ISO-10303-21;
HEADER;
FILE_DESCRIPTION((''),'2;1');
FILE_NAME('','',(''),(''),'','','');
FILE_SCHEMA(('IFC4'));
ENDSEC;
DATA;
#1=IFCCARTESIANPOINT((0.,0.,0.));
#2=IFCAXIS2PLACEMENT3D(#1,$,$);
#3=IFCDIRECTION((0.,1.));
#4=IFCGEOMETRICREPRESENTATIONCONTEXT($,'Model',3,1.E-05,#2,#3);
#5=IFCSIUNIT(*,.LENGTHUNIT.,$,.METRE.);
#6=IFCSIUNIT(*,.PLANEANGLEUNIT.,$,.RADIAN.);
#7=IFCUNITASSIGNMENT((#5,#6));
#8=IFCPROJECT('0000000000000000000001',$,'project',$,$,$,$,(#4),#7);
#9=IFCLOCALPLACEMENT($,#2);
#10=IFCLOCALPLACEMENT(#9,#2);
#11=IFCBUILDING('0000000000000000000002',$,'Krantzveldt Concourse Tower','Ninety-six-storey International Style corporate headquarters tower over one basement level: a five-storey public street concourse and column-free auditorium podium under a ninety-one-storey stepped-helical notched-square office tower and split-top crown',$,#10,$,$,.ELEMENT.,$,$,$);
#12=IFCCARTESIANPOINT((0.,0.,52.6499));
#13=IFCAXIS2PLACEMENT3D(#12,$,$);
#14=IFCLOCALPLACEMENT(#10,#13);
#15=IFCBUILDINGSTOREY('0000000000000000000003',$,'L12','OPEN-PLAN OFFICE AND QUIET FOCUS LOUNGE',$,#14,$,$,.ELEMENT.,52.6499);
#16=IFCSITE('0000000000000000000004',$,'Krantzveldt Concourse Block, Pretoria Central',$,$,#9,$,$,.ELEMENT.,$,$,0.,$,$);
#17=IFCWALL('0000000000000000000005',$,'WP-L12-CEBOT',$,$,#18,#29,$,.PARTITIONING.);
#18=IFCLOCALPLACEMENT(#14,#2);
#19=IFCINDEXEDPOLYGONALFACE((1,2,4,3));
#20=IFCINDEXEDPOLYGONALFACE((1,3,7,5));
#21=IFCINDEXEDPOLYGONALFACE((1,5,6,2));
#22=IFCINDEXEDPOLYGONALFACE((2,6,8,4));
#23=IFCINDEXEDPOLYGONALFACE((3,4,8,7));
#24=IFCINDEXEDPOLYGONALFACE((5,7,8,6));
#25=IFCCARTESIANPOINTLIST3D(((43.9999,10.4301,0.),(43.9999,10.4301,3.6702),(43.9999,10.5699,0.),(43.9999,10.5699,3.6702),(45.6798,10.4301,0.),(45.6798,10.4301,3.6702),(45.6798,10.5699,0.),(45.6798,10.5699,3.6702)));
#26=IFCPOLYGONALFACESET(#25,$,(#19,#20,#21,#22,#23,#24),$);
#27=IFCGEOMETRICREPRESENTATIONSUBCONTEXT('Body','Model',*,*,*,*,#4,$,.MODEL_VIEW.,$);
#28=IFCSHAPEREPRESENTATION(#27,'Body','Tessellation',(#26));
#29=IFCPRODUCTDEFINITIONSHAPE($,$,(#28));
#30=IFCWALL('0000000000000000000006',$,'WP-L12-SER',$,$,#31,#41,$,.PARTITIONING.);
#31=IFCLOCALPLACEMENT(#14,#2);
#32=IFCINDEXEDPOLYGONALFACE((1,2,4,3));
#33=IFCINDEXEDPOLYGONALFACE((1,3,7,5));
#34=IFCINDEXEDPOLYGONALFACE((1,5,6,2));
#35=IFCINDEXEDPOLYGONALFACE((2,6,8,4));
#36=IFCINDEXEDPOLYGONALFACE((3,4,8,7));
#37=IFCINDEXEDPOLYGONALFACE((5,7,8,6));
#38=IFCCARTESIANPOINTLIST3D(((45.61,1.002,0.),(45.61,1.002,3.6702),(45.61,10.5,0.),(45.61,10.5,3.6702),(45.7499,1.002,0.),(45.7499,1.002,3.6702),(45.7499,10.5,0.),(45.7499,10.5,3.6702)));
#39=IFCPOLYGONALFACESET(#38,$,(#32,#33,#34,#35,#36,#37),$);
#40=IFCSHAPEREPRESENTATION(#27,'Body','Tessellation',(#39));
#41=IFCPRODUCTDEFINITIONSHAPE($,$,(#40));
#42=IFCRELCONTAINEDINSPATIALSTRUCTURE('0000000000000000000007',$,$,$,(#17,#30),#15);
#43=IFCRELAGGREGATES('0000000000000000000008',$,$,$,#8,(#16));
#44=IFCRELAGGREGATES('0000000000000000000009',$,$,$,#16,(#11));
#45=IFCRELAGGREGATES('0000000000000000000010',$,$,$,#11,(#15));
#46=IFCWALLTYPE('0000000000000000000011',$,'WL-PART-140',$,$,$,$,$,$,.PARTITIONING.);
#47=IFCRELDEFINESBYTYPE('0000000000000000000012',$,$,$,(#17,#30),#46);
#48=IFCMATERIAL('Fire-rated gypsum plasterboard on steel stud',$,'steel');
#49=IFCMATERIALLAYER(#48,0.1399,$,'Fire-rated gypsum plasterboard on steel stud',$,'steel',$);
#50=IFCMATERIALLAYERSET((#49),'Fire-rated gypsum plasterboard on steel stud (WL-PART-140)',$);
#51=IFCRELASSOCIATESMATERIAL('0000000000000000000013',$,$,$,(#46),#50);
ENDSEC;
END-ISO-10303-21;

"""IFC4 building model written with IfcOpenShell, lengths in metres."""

from ifc_helpers import new_model, si_unit, direction, frame, frame_2d, origin, place, context, subcontext, project, spatial, rectangle, extrude, material, layer, layer_set, type_object, element, save


model = new_model("IFC4")

# Units and contexts
model_context = context("Model", 3, precision=1e-05, world=origin(), true_north=direction((0.0, 1.0)))
body_context = subcontext(model_context, "Body", "Model", "MODEL_VIEW")
ifc_project = project(units=[si_unit("LENGTHUNIT", "METRE"), si_unit("PLANEANGLEUNIT", "RADIAN")], contexts=[model_context])

# Site, building, storey
site_placement = place(None, origin())
site = spatial("IfcSite", under=ifc_project, at=site_placement, Name="Krantzveldt Concourse Block, Pretoria Central", CompositionType="ELEMENT", RefElevation=0.0)
building_placement = place(site_placement, origin())
building = spatial("IfcBuilding", under=site, at=building_placement, Name="Krantzveldt Concourse Tower", Description="Ninety-six-storey International Style corporate headquarters tower over one basement level: a five-storey public street concourse and column-free auditorium podium under a ninety-one-storey stepped-helical notched-square office tower and split-top crown", CompositionType="ELEMENT")
storey_placement = place(building_placement, frame((0.0, 0.0, 52.6499)))
storey = spatial("IfcBuildingStorey", under=building, at=storey_placement, Name="L12", Description="OPEN-PLAN OFFICE AND QUIET FOCUS LOUNGE", CompositionType="ELEMENT", Elevation=52.6499)

# Shared definitions
ifc_material_1 = material(Name="Fire-rated gypsum plasterboard on steel stud", Category="steel")
ifc_layer_1 = layer(ifc_material_1, 0.1399, Name="Fire-rated gypsum plasterboard on steel stud", Category="steel")
ifc_layer_set_1 = layer_set([ifc_layer_1], Name="Fire-rated gypsum plasterboard on steel stud (WL-PART-140)")
wall_type_1 = type_object("IfcWallType", Name="WL-PART-140", PredefinedType="PARTITIONING", material=ifc_layer_set_1)

# Walls
wall_1_placement = place(storey_placement, frame((44.0, 10.5, 0.0), z_axis=(0.0, 0.0, 1.0), x_axis=(1.0, 0.0, 0.0)))
element("IfcWall", 1, at=wall_1_placement, inside=storey, type_object=wall_type_1, Name="WP-L12-CEBOT", PredefinedType="PARTITIONING", context=body_context, shape_type="SweptSolid", body=[
    extrude(rectangle(XDim=1.6799, YDim=0.1399, at=frame_2d((0.8398, 0.0))), origin(), (0.0, 0.0, 1.0), 3.6702),
])
wall_2_placement = place(storey_placement, frame((45.6799, 1.002, 0.0), z_axis=(0.0, 0.0, 1.0), x_axis=(0.0, 1.0, 0.0)))
element("IfcWall", 2, at=wall_2_placement, inside=storey, type_object=wall_type_1, Name="WP-L12-SER", PredefinedType="PARTITIONING", context=body_context, shape_type="SweptSolid", body=[
    extrude(rectangle(XDim=9.498, YDim=0.1399, at=frame_2d((4.749, 0.0))), origin(), (0.0, 0.0, 1.0), 3.6702),
])

save(model, "model.ifc")
